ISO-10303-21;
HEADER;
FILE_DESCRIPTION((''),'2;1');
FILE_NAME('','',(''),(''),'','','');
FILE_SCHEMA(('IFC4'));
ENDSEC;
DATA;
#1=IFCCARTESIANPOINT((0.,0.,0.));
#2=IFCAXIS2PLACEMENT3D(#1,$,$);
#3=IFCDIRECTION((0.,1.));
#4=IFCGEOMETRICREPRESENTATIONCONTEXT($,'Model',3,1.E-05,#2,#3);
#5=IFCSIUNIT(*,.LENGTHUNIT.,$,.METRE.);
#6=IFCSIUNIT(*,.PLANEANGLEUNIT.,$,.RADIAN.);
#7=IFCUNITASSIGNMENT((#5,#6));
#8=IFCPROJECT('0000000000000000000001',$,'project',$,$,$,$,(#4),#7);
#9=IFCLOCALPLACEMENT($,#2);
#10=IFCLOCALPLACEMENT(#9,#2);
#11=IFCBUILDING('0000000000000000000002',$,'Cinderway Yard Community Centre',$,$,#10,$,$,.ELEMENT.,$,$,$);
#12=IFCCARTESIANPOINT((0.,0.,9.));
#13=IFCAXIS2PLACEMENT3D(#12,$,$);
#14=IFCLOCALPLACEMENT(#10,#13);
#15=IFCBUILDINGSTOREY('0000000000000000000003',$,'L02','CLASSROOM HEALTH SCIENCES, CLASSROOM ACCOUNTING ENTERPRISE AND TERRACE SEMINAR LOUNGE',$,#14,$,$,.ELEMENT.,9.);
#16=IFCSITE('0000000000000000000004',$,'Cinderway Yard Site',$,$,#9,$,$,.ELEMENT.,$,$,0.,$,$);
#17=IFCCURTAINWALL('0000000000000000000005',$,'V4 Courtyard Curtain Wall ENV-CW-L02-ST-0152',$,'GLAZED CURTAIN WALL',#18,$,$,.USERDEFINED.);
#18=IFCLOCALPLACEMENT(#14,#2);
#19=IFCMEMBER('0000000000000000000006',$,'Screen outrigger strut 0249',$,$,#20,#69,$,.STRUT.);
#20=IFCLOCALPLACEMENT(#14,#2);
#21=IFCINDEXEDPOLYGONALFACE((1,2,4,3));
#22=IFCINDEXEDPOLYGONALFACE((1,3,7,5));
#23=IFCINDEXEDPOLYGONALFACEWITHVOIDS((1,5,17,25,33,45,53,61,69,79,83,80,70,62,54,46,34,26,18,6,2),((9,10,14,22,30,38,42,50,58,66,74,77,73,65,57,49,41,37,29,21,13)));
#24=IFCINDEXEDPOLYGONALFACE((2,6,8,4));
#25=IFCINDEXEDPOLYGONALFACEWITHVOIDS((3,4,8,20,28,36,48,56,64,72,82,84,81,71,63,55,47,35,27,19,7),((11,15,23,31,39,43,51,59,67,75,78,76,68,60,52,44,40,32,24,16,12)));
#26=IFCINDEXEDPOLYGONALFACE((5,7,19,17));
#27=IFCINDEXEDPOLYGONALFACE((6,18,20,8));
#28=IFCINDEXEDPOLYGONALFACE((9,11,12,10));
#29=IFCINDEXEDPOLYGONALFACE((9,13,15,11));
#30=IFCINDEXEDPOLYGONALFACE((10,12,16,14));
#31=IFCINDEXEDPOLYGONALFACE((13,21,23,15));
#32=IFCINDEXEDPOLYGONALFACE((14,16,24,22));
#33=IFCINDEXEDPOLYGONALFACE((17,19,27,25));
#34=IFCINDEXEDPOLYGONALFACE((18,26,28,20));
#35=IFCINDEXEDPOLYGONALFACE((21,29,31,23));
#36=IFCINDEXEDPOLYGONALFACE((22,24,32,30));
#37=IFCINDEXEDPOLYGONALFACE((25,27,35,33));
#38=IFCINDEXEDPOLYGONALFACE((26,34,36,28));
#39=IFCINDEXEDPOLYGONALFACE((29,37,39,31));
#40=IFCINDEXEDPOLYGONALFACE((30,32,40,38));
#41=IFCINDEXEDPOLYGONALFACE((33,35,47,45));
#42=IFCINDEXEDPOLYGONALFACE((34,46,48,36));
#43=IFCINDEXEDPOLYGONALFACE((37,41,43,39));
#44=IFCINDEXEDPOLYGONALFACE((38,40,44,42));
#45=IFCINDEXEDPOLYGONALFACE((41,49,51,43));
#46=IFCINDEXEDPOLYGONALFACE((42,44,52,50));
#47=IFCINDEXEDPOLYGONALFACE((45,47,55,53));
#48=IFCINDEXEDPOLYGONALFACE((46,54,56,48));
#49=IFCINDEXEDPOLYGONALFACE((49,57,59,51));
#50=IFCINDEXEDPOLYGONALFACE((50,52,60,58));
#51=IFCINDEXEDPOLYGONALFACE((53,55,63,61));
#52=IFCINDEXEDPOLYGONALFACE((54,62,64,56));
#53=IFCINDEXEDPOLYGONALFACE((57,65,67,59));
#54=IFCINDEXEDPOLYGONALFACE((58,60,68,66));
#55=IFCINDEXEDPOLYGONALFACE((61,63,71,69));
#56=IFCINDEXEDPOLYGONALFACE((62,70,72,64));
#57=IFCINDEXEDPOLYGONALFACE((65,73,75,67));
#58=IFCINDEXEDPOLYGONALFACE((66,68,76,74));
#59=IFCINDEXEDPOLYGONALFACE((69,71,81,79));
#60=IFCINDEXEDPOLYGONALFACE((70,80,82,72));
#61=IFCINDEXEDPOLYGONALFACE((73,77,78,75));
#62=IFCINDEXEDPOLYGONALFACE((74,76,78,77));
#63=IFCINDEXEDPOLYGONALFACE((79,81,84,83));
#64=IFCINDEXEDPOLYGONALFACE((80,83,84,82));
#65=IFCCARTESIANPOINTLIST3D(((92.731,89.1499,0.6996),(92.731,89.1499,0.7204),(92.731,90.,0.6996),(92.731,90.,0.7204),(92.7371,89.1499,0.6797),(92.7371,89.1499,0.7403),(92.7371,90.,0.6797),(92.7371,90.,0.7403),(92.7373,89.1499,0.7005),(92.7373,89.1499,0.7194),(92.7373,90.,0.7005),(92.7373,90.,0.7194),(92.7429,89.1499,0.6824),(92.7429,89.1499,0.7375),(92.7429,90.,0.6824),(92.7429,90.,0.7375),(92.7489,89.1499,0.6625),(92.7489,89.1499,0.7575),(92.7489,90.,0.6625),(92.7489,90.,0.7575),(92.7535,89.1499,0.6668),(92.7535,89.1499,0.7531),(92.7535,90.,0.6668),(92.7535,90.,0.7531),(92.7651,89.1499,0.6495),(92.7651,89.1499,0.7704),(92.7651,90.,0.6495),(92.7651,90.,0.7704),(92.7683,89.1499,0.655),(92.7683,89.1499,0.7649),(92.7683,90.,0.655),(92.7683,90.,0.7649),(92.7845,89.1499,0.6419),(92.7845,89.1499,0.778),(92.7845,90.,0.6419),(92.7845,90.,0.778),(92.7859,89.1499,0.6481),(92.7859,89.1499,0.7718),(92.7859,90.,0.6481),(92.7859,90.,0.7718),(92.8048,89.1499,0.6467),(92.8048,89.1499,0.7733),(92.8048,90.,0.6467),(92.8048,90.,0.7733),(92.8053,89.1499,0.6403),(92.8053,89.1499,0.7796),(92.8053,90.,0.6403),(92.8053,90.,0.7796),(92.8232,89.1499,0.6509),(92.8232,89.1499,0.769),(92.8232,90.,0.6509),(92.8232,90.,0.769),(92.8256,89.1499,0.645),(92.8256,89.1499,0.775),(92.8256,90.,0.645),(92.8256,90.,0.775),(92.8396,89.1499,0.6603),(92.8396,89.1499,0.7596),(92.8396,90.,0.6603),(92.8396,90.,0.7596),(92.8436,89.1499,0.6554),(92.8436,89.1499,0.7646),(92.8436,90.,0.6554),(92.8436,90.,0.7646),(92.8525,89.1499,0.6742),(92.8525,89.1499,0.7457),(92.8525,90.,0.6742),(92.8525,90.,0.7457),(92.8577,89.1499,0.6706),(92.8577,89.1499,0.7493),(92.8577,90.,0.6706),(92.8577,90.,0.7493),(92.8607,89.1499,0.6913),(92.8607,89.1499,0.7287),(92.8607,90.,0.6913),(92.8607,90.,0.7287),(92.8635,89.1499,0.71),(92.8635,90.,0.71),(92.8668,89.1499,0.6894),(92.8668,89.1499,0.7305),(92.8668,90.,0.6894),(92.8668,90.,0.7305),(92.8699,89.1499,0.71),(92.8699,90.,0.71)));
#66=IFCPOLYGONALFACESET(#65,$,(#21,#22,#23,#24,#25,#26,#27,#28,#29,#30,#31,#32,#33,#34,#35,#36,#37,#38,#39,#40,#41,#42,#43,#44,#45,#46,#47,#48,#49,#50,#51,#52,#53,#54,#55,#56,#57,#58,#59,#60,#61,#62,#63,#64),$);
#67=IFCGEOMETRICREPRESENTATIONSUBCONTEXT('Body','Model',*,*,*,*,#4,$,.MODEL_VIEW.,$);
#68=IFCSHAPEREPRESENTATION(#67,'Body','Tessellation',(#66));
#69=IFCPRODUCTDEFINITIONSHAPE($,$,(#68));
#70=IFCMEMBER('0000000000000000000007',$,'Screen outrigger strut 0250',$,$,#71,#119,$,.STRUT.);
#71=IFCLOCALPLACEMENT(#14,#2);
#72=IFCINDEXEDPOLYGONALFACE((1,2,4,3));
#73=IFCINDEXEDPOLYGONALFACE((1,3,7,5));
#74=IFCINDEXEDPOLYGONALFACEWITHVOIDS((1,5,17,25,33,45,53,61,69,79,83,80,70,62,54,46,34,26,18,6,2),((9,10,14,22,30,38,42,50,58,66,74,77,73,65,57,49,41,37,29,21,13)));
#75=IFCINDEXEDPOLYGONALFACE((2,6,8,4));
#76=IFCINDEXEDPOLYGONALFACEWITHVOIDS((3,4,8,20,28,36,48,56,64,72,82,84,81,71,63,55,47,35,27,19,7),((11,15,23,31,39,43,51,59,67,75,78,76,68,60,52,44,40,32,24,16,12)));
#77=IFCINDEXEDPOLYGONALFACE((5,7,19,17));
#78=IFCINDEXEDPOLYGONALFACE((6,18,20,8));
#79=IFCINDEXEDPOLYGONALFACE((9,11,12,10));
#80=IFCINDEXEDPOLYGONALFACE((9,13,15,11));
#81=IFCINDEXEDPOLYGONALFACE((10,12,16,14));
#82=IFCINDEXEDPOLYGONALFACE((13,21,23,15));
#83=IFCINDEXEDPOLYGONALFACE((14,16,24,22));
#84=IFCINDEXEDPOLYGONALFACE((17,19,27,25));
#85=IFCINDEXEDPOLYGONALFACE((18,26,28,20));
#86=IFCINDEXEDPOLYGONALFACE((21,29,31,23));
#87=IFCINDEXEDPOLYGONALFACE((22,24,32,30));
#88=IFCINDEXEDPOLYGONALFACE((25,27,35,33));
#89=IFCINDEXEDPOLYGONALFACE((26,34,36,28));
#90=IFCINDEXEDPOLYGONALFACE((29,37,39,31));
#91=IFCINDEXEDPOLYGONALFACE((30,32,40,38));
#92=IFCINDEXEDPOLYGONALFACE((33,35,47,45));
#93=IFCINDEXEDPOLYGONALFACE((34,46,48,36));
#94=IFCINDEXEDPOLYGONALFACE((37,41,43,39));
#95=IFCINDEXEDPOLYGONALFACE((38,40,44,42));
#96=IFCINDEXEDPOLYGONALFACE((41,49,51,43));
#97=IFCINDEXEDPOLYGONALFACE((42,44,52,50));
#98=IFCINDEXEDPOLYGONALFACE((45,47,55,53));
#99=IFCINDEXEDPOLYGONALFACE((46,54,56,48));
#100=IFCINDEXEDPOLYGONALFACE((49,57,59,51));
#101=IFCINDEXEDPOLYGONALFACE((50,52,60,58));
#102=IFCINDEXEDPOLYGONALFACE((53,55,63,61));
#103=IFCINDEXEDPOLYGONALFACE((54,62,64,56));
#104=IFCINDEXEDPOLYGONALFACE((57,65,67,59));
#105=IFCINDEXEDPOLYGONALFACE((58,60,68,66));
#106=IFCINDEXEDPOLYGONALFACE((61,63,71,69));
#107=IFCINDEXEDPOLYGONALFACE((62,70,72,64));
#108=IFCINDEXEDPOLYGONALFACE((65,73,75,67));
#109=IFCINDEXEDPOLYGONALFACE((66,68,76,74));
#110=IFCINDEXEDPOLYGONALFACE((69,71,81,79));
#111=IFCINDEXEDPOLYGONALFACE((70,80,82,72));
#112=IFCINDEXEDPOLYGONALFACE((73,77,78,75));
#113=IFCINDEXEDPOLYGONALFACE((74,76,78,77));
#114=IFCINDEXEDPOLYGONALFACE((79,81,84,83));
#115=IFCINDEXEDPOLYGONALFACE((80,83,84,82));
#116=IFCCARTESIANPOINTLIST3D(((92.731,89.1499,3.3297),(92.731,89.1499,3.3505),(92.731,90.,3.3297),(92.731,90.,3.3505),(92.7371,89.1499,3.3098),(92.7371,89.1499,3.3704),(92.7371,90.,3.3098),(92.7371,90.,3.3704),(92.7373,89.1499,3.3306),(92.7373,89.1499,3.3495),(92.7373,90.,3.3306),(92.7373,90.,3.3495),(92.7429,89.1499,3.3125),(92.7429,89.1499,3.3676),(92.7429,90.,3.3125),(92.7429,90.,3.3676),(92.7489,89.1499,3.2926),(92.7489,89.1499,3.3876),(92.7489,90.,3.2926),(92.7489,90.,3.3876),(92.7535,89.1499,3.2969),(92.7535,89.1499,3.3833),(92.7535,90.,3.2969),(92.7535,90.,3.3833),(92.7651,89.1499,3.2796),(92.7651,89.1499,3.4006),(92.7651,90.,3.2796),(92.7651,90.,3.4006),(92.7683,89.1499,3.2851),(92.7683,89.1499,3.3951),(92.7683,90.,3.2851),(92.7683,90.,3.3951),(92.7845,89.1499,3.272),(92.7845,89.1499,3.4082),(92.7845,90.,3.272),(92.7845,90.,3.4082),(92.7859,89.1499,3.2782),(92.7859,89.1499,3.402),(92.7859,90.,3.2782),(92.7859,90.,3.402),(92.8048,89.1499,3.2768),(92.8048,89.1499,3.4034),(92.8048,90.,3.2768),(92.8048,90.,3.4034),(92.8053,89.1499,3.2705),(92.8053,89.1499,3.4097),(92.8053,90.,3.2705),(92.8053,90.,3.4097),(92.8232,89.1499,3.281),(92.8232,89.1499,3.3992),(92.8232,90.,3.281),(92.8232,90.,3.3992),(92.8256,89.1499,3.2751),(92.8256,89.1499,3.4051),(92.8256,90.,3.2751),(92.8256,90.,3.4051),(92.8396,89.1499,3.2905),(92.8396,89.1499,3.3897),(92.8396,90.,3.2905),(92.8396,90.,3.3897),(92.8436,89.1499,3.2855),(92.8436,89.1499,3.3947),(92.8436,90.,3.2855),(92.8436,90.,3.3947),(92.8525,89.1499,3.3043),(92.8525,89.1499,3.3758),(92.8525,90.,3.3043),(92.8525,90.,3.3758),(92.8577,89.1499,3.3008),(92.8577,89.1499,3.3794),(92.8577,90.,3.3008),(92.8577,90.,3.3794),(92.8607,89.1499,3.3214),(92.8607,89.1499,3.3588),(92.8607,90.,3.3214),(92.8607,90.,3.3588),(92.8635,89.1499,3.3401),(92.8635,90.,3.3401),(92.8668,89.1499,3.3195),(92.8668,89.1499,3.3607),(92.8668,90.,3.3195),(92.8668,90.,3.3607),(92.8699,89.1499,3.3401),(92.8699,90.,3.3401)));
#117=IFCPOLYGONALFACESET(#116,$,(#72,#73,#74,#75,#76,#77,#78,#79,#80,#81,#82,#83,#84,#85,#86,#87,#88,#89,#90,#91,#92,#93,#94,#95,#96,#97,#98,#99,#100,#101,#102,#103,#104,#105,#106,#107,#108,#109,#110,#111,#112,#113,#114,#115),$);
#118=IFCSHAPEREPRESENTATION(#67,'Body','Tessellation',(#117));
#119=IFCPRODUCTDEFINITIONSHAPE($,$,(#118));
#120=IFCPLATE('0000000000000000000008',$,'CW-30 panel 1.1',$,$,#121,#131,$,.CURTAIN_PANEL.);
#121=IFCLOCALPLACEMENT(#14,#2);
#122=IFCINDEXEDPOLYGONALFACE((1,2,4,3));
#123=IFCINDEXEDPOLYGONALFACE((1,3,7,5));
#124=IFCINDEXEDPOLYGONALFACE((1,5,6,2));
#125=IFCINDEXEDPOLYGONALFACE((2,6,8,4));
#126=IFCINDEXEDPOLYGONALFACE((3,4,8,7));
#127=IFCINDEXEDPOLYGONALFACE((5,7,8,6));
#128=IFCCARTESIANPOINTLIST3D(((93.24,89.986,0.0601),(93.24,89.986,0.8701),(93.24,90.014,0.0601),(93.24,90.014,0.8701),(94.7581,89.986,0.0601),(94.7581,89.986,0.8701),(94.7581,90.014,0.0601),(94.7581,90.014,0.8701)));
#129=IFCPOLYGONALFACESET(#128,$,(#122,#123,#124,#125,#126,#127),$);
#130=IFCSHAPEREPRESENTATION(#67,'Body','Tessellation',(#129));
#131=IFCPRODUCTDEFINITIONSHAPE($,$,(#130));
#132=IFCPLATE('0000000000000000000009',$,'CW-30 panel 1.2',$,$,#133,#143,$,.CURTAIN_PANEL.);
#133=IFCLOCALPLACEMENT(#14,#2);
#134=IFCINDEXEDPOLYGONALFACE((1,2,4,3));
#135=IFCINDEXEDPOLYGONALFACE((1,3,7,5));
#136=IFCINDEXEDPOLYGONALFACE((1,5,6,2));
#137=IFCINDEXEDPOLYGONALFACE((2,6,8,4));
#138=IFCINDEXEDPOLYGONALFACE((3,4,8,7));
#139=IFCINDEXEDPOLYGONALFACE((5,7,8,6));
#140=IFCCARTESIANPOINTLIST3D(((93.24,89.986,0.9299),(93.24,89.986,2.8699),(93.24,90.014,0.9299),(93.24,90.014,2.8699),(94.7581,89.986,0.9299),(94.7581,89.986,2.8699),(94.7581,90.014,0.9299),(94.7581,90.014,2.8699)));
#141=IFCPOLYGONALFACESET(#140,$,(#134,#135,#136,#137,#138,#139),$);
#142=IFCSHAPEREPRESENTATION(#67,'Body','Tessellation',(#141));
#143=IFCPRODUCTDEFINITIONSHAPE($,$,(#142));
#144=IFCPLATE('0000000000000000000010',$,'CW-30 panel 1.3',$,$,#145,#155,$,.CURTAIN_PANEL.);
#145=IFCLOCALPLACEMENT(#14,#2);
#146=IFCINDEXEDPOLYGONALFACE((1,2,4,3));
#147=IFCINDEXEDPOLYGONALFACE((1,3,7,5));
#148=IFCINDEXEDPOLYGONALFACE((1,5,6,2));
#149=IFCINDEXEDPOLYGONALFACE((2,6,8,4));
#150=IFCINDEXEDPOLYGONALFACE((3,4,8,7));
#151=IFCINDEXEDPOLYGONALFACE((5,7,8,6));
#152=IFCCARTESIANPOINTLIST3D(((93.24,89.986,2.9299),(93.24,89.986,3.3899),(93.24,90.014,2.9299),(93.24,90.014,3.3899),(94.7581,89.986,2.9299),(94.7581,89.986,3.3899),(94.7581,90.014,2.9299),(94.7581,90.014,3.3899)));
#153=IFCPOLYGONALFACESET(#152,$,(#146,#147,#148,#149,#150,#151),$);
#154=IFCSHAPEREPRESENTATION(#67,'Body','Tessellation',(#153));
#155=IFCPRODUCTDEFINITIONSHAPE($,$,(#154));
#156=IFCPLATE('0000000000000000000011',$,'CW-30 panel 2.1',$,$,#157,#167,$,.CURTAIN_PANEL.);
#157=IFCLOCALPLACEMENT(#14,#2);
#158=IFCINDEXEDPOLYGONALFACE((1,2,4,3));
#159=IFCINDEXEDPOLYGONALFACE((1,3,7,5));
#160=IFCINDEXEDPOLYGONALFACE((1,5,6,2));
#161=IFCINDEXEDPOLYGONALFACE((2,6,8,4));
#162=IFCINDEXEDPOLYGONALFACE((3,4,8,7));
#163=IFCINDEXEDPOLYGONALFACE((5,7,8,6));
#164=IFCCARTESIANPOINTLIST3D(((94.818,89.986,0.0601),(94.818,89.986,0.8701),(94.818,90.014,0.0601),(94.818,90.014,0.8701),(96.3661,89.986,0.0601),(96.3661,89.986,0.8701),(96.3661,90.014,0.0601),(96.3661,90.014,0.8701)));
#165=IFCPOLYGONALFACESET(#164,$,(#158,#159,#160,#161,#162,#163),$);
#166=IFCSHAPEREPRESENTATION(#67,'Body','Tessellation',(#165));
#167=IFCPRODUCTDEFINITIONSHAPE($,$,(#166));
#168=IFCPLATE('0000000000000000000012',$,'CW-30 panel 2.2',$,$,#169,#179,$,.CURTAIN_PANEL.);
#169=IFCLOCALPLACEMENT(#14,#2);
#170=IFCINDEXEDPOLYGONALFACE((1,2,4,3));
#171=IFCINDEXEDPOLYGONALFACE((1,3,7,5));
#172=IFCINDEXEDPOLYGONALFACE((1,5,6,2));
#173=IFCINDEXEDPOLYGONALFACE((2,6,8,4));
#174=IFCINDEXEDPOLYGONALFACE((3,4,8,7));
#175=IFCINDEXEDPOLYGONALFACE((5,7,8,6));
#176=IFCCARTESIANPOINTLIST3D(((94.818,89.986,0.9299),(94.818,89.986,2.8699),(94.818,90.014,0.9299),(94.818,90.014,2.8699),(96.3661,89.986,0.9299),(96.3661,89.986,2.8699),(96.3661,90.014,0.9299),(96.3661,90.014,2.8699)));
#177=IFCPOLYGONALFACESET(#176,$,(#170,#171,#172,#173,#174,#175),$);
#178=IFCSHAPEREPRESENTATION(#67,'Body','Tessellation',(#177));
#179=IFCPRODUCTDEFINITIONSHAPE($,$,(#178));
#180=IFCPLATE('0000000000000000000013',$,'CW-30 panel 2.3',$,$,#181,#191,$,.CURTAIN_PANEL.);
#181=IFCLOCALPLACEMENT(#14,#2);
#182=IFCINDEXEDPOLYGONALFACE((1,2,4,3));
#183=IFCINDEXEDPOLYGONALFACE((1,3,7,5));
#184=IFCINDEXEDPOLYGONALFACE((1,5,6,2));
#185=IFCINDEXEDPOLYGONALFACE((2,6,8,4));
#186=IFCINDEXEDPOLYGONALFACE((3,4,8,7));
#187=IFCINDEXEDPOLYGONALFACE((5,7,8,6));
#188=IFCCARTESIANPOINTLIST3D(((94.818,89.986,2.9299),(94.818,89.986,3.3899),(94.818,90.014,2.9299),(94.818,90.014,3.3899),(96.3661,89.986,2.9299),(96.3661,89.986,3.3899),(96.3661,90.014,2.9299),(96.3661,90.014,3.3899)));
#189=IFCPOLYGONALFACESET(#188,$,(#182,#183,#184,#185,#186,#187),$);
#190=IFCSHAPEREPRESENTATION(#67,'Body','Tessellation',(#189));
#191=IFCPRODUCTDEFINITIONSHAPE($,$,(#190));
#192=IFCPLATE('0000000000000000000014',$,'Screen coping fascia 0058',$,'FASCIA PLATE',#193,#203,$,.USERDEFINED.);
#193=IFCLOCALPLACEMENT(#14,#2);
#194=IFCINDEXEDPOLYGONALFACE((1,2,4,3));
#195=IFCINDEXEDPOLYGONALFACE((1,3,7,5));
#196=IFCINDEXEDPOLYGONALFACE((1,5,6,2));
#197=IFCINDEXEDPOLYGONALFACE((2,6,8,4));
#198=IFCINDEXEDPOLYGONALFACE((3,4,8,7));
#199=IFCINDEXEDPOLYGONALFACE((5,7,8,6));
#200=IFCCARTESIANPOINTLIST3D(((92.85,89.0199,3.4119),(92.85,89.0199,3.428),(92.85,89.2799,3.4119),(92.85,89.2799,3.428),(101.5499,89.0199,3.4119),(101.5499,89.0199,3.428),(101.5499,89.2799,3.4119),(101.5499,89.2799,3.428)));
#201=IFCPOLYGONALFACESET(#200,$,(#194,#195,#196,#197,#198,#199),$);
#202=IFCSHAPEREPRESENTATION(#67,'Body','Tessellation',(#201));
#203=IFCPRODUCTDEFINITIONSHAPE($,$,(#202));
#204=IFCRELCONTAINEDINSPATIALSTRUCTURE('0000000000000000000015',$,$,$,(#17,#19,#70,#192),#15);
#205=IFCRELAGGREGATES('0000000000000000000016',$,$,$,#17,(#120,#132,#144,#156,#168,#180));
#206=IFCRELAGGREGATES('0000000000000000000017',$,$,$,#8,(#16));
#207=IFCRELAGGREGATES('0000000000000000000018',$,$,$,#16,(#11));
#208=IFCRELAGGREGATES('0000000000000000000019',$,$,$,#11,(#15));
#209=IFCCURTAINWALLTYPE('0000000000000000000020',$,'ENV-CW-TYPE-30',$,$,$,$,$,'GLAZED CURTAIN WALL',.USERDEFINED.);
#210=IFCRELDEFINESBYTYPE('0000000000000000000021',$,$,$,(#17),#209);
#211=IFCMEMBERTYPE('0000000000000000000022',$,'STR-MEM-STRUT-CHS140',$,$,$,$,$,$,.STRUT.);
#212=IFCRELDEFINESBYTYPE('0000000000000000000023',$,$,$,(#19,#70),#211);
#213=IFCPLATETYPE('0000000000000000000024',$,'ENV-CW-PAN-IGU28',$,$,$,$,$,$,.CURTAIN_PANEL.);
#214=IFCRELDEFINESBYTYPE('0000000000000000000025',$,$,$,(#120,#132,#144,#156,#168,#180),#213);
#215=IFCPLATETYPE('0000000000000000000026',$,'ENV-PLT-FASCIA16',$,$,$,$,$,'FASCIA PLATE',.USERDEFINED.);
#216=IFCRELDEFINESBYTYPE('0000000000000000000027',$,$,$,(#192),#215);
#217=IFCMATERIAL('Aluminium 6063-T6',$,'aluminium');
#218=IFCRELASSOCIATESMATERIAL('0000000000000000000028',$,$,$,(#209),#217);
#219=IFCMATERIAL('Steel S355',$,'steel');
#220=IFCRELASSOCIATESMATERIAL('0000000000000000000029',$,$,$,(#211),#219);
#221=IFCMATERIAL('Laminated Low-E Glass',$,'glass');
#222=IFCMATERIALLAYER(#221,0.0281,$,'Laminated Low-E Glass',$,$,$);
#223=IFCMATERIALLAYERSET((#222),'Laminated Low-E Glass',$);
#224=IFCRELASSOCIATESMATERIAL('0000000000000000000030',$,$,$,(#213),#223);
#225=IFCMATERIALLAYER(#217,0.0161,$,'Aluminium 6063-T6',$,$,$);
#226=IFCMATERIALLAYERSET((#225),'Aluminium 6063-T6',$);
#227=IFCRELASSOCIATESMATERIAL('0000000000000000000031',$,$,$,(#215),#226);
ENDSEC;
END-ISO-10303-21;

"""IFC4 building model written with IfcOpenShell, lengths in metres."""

from ifc_helpers import new_model, si_unit, direction, frame, origin, origin_2d, place, context, subcontext, project, spatial, rectangle, hollow_circle, extrude, material, layer, layer_set, material_profile, profile_set, type_object, element, aggregate, save


model = new_model("IFC4")

# Units and contexts
model_context = context("Model", 3, precision=1e-05, world=origin(), true_north=direction((0.0, 1.0)))
body_context = subcontext(model_context, "Body", "Model", "MODEL_VIEW")
ifc_project = project(units=[si_unit("LENGTHUNIT", "METRE"), si_unit("PLANEANGLEUNIT", "RADIAN")], contexts=[model_context])

# Site, building, storey
site_placement = place(None, origin())
site = spatial("IfcSite", under=ifc_project, at=site_placement, Name="Cinderway Yard Site", CompositionType="ELEMENT", RefElevation=0.0)
building_placement = place(site_placement, origin())
building = spatial("IfcBuilding", under=site, at=building_placement, Name="Cinderway Yard Community Centre", CompositionType="ELEMENT")
storey_placement = place(building_placement, frame((0.0, 0.0, 9.0)))
storey = spatial("IfcBuildingStorey", under=building, at=storey_placement, Name="L02", Description="CLASSROOM HEALTH SCIENCES, CLASSROOM ACCOUNTING ENTERPRISE AND TERRACE SEMINAR LOUNGE", CompositionType="ELEMENT", Elevation=9.0)

# Curtain wall
ifc_material_1 = material(Name="Aluminium 6063-T6", Category="aluminium")
curtain_wall_type = type_object("IfcCurtainWallType", Name="ENV-CW-TYPE-30", ElementType="GLAZED CURTAIN WALL", PredefinedType="USERDEFINED", material=ifc_material_1)
curtain_wall_placement = place(storey_placement, origin())
curtain_wall = element("IfcCurtainWall", 1, at=curtain_wall_placement, inside=storey, type_object=curtain_wall_type, Name="V4 Courtyard Curtain Wall ENV-CW-L02-ST-0152", ObjectType="GLAZED CURTAIN WALL", PredefinedType="USERDEFINED")

# Shared definitions
ifc_material_2 = material(Name="Steel S355", Category="steel")

# Members
ifc_material_profile_1 = material_profile(ifc_material_2, hollow_circle(Radius=0.0698, WallThickness=0.0063, at=origin_2d()), Name="Steel S355")
ifc_profile_set_1 = profile_set([ifc_material_profile_1], Name="Steel S355")
member_type_1 = type_object("IfcMemberType", Name="STR-MEM-STRUT-CHS140", PredefinedType="STRUT", material=ifc_profile_set_1)
for number, where, z_axis, x_axis, name in (
    (2, (92.8, 90.0, 0.71), (0.0, -1.0, 0.0), (1.0, 0.0, 0.0), "Screen outrigger strut 0249"),
    (3, (92.8, 90.0, 3.3401), (0.0, -1.0, 0.0), (1.0, 0.0, 0.0), "Screen outrigger strut 0250"),
):
    element("IfcMember", number, at=place(storey_placement, frame(where, z_axis=z_axis, x_axis=x_axis)), inside=storey, type_object=member_type_1, Name=name, PredefinedType="STRUT", context=body_context, shape_type="SweptSolid", body=[
        extrude(hollow_circle(Radius=0.0698, WallThickness=0.0063, at=origin_2d()), origin(), (0.0, 0.0, 1.0), 0.8501),
    ])

# Plates
ifc_material_3 = material(Name="Laminated Low-E Glass", Category="glass")
ifc_layer_1 = layer(ifc_material_3, 0.0281, Name="Laminated Low-E Glass")
ifc_layer_set_1 = layer_set([ifc_layer_1], Name="Laminated Low-E Glass")
plate_type_1 = type_object("IfcPlateType", Name="ENV-CW-PAN-IGU28", PredefinedType="CURTAIN_PANEL", material=ifc_layer_set_1)
plate_1_placement = place(storey_placement, frame((93.999, 90.0, 0.0601), z_axis=(0.0, 0.0, 1.0), x_axis=(1.0, 0.0, 0.0)))
plate_1 = element("IfcPlate", 4, at=plate_1_placement, type_object=plate_type_1, Name="CW-30 panel 1.1", PredefinedType="CURTAIN_PANEL", context=body_context, shape_type="SweptSolid", body=[
    extrude(rectangle(XDim=1.5181, YDim=0.0281, at=origin_2d()), origin(), (0.0, 0.0, 1.0), 0.8101),
])
plate_2_placement = place(storey_placement, frame((93.999, 90.0, 0.9299), z_axis=(0.0, 0.0, 1.0), x_axis=(1.0, 0.0, 0.0)))
plate_2 = element("IfcPlate", 5, at=plate_2_placement, type_object=plate_type_1, Name="CW-30 panel 1.2", PredefinedType="CURTAIN_PANEL", context=body_context, shape_type="SweptSolid", body=[
    extrude(rectangle(XDim=1.5181, YDim=0.0281, at=origin_2d()), origin(), (0.0, 0.0, 1.0), 1.9399),
])
plate_3_placement = place(storey_placement, frame((93.999, 90.0, 2.9299), z_axis=(0.0, 0.0, 1.0), x_axis=(1.0, 0.0, 0.0)))
plate_3 = element("IfcPlate", 6, at=plate_3_placement, type_object=plate_type_1, Name="CW-30 panel 1.3", PredefinedType="CURTAIN_PANEL", context=body_context, shape_type="SweptSolid", body=[
    extrude(rectangle(XDim=1.5181, YDim=0.0281, at=origin_2d()), origin(), (0.0, 0.0, 1.0), 0.46),
])
plate_4_placement = place(storey_placement, frame((95.592, 90.0, 0.0601), z_axis=(0.0, 0.0, 1.0), x_axis=(1.0, 0.0, 0.0)))
plate_4 = element("IfcPlate", 7, at=plate_4_placement, type_object=plate_type_1, Name="CW-30 panel 2.1", PredefinedType="CURTAIN_PANEL", context=body_context, shape_type="SweptSolid", body=[
    extrude(rectangle(XDim=1.5481, YDim=0.0281, at=origin_2d()), origin(), (0.0, 0.0, 1.0), 0.8101),
])
plate_5_placement = place(storey_placement, frame((95.592, 90.0, 0.9299), z_axis=(0.0, 0.0, 1.0), x_axis=(1.0, 0.0, 0.0)))
plate_5 = element("IfcPlate", 8, at=plate_5_placement, type_object=plate_type_1, Name="CW-30 panel 2.2", PredefinedType="CURTAIN_PANEL", context=body_context, shape_type="SweptSolid", body=[
    extrude(rectangle(XDim=1.5481, YDim=0.0281, at=origin_2d()), origin(), (0.0, 0.0, 1.0), 1.9399),
])
plate_6_placement = place(storey_placement, frame((95.592, 90.0, 2.9299), z_axis=(0.0, 0.0, 1.0), x_axis=(1.0, 0.0, 0.0)))
plate_6 = element("IfcPlate", 9, at=plate_6_placement, type_object=plate_type_1, Name="CW-30 panel 2.3", PredefinedType="CURTAIN_PANEL", context=body_context, shape_type="SweptSolid", body=[
    extrude(rectangle(XDim=1.5481, YDim=0.0281, at=origin_2d()), origin(), (0.0, 0.0, 1.0), 0.46),
])
aggregate(curtain_wall, [plate_1, plate_2, plate_3, plate_4, plate_5, plate_6])
ifc_layer_2 = layer(ifc_material_1, 0.0161, Name="Aluminium 6063-T6")
ifc_layer_set_2 = layer_set([ifc_layer_2], Name="Aluminium 6063-T6")
plate_type_2 = type_object("IfcPlateType", Name="ENV-PLT-FASCIA16", ElementType="FASCIA PLATE", PredefinedType="USERDEFINED", material=ifc_layer_set_2)
plate_7_placement = place(storey_placement, frame((97.2, 89.1499, 3.4119), z_axis=(0.0, 0.0, 1.0), x_axis=(-1.0, 0.0, 0.0)))
element("IfcPlate", 10, at=plate_7_placement, inside=storey, type_object=plate_type_2, Name="Screen coping fascia 0058", ObjectType="FASCIA PLATE", PredefinedType="USERDEFINED", context=body_context, shape_type="SweptSolid", body=[
    extrude(rectangle(XDim=8.7, YDim=0.26, at=origin_2d()), origin(), (0.0, 0.0, 1.0), 0.0161),
])

save(model, "model.ifc")
